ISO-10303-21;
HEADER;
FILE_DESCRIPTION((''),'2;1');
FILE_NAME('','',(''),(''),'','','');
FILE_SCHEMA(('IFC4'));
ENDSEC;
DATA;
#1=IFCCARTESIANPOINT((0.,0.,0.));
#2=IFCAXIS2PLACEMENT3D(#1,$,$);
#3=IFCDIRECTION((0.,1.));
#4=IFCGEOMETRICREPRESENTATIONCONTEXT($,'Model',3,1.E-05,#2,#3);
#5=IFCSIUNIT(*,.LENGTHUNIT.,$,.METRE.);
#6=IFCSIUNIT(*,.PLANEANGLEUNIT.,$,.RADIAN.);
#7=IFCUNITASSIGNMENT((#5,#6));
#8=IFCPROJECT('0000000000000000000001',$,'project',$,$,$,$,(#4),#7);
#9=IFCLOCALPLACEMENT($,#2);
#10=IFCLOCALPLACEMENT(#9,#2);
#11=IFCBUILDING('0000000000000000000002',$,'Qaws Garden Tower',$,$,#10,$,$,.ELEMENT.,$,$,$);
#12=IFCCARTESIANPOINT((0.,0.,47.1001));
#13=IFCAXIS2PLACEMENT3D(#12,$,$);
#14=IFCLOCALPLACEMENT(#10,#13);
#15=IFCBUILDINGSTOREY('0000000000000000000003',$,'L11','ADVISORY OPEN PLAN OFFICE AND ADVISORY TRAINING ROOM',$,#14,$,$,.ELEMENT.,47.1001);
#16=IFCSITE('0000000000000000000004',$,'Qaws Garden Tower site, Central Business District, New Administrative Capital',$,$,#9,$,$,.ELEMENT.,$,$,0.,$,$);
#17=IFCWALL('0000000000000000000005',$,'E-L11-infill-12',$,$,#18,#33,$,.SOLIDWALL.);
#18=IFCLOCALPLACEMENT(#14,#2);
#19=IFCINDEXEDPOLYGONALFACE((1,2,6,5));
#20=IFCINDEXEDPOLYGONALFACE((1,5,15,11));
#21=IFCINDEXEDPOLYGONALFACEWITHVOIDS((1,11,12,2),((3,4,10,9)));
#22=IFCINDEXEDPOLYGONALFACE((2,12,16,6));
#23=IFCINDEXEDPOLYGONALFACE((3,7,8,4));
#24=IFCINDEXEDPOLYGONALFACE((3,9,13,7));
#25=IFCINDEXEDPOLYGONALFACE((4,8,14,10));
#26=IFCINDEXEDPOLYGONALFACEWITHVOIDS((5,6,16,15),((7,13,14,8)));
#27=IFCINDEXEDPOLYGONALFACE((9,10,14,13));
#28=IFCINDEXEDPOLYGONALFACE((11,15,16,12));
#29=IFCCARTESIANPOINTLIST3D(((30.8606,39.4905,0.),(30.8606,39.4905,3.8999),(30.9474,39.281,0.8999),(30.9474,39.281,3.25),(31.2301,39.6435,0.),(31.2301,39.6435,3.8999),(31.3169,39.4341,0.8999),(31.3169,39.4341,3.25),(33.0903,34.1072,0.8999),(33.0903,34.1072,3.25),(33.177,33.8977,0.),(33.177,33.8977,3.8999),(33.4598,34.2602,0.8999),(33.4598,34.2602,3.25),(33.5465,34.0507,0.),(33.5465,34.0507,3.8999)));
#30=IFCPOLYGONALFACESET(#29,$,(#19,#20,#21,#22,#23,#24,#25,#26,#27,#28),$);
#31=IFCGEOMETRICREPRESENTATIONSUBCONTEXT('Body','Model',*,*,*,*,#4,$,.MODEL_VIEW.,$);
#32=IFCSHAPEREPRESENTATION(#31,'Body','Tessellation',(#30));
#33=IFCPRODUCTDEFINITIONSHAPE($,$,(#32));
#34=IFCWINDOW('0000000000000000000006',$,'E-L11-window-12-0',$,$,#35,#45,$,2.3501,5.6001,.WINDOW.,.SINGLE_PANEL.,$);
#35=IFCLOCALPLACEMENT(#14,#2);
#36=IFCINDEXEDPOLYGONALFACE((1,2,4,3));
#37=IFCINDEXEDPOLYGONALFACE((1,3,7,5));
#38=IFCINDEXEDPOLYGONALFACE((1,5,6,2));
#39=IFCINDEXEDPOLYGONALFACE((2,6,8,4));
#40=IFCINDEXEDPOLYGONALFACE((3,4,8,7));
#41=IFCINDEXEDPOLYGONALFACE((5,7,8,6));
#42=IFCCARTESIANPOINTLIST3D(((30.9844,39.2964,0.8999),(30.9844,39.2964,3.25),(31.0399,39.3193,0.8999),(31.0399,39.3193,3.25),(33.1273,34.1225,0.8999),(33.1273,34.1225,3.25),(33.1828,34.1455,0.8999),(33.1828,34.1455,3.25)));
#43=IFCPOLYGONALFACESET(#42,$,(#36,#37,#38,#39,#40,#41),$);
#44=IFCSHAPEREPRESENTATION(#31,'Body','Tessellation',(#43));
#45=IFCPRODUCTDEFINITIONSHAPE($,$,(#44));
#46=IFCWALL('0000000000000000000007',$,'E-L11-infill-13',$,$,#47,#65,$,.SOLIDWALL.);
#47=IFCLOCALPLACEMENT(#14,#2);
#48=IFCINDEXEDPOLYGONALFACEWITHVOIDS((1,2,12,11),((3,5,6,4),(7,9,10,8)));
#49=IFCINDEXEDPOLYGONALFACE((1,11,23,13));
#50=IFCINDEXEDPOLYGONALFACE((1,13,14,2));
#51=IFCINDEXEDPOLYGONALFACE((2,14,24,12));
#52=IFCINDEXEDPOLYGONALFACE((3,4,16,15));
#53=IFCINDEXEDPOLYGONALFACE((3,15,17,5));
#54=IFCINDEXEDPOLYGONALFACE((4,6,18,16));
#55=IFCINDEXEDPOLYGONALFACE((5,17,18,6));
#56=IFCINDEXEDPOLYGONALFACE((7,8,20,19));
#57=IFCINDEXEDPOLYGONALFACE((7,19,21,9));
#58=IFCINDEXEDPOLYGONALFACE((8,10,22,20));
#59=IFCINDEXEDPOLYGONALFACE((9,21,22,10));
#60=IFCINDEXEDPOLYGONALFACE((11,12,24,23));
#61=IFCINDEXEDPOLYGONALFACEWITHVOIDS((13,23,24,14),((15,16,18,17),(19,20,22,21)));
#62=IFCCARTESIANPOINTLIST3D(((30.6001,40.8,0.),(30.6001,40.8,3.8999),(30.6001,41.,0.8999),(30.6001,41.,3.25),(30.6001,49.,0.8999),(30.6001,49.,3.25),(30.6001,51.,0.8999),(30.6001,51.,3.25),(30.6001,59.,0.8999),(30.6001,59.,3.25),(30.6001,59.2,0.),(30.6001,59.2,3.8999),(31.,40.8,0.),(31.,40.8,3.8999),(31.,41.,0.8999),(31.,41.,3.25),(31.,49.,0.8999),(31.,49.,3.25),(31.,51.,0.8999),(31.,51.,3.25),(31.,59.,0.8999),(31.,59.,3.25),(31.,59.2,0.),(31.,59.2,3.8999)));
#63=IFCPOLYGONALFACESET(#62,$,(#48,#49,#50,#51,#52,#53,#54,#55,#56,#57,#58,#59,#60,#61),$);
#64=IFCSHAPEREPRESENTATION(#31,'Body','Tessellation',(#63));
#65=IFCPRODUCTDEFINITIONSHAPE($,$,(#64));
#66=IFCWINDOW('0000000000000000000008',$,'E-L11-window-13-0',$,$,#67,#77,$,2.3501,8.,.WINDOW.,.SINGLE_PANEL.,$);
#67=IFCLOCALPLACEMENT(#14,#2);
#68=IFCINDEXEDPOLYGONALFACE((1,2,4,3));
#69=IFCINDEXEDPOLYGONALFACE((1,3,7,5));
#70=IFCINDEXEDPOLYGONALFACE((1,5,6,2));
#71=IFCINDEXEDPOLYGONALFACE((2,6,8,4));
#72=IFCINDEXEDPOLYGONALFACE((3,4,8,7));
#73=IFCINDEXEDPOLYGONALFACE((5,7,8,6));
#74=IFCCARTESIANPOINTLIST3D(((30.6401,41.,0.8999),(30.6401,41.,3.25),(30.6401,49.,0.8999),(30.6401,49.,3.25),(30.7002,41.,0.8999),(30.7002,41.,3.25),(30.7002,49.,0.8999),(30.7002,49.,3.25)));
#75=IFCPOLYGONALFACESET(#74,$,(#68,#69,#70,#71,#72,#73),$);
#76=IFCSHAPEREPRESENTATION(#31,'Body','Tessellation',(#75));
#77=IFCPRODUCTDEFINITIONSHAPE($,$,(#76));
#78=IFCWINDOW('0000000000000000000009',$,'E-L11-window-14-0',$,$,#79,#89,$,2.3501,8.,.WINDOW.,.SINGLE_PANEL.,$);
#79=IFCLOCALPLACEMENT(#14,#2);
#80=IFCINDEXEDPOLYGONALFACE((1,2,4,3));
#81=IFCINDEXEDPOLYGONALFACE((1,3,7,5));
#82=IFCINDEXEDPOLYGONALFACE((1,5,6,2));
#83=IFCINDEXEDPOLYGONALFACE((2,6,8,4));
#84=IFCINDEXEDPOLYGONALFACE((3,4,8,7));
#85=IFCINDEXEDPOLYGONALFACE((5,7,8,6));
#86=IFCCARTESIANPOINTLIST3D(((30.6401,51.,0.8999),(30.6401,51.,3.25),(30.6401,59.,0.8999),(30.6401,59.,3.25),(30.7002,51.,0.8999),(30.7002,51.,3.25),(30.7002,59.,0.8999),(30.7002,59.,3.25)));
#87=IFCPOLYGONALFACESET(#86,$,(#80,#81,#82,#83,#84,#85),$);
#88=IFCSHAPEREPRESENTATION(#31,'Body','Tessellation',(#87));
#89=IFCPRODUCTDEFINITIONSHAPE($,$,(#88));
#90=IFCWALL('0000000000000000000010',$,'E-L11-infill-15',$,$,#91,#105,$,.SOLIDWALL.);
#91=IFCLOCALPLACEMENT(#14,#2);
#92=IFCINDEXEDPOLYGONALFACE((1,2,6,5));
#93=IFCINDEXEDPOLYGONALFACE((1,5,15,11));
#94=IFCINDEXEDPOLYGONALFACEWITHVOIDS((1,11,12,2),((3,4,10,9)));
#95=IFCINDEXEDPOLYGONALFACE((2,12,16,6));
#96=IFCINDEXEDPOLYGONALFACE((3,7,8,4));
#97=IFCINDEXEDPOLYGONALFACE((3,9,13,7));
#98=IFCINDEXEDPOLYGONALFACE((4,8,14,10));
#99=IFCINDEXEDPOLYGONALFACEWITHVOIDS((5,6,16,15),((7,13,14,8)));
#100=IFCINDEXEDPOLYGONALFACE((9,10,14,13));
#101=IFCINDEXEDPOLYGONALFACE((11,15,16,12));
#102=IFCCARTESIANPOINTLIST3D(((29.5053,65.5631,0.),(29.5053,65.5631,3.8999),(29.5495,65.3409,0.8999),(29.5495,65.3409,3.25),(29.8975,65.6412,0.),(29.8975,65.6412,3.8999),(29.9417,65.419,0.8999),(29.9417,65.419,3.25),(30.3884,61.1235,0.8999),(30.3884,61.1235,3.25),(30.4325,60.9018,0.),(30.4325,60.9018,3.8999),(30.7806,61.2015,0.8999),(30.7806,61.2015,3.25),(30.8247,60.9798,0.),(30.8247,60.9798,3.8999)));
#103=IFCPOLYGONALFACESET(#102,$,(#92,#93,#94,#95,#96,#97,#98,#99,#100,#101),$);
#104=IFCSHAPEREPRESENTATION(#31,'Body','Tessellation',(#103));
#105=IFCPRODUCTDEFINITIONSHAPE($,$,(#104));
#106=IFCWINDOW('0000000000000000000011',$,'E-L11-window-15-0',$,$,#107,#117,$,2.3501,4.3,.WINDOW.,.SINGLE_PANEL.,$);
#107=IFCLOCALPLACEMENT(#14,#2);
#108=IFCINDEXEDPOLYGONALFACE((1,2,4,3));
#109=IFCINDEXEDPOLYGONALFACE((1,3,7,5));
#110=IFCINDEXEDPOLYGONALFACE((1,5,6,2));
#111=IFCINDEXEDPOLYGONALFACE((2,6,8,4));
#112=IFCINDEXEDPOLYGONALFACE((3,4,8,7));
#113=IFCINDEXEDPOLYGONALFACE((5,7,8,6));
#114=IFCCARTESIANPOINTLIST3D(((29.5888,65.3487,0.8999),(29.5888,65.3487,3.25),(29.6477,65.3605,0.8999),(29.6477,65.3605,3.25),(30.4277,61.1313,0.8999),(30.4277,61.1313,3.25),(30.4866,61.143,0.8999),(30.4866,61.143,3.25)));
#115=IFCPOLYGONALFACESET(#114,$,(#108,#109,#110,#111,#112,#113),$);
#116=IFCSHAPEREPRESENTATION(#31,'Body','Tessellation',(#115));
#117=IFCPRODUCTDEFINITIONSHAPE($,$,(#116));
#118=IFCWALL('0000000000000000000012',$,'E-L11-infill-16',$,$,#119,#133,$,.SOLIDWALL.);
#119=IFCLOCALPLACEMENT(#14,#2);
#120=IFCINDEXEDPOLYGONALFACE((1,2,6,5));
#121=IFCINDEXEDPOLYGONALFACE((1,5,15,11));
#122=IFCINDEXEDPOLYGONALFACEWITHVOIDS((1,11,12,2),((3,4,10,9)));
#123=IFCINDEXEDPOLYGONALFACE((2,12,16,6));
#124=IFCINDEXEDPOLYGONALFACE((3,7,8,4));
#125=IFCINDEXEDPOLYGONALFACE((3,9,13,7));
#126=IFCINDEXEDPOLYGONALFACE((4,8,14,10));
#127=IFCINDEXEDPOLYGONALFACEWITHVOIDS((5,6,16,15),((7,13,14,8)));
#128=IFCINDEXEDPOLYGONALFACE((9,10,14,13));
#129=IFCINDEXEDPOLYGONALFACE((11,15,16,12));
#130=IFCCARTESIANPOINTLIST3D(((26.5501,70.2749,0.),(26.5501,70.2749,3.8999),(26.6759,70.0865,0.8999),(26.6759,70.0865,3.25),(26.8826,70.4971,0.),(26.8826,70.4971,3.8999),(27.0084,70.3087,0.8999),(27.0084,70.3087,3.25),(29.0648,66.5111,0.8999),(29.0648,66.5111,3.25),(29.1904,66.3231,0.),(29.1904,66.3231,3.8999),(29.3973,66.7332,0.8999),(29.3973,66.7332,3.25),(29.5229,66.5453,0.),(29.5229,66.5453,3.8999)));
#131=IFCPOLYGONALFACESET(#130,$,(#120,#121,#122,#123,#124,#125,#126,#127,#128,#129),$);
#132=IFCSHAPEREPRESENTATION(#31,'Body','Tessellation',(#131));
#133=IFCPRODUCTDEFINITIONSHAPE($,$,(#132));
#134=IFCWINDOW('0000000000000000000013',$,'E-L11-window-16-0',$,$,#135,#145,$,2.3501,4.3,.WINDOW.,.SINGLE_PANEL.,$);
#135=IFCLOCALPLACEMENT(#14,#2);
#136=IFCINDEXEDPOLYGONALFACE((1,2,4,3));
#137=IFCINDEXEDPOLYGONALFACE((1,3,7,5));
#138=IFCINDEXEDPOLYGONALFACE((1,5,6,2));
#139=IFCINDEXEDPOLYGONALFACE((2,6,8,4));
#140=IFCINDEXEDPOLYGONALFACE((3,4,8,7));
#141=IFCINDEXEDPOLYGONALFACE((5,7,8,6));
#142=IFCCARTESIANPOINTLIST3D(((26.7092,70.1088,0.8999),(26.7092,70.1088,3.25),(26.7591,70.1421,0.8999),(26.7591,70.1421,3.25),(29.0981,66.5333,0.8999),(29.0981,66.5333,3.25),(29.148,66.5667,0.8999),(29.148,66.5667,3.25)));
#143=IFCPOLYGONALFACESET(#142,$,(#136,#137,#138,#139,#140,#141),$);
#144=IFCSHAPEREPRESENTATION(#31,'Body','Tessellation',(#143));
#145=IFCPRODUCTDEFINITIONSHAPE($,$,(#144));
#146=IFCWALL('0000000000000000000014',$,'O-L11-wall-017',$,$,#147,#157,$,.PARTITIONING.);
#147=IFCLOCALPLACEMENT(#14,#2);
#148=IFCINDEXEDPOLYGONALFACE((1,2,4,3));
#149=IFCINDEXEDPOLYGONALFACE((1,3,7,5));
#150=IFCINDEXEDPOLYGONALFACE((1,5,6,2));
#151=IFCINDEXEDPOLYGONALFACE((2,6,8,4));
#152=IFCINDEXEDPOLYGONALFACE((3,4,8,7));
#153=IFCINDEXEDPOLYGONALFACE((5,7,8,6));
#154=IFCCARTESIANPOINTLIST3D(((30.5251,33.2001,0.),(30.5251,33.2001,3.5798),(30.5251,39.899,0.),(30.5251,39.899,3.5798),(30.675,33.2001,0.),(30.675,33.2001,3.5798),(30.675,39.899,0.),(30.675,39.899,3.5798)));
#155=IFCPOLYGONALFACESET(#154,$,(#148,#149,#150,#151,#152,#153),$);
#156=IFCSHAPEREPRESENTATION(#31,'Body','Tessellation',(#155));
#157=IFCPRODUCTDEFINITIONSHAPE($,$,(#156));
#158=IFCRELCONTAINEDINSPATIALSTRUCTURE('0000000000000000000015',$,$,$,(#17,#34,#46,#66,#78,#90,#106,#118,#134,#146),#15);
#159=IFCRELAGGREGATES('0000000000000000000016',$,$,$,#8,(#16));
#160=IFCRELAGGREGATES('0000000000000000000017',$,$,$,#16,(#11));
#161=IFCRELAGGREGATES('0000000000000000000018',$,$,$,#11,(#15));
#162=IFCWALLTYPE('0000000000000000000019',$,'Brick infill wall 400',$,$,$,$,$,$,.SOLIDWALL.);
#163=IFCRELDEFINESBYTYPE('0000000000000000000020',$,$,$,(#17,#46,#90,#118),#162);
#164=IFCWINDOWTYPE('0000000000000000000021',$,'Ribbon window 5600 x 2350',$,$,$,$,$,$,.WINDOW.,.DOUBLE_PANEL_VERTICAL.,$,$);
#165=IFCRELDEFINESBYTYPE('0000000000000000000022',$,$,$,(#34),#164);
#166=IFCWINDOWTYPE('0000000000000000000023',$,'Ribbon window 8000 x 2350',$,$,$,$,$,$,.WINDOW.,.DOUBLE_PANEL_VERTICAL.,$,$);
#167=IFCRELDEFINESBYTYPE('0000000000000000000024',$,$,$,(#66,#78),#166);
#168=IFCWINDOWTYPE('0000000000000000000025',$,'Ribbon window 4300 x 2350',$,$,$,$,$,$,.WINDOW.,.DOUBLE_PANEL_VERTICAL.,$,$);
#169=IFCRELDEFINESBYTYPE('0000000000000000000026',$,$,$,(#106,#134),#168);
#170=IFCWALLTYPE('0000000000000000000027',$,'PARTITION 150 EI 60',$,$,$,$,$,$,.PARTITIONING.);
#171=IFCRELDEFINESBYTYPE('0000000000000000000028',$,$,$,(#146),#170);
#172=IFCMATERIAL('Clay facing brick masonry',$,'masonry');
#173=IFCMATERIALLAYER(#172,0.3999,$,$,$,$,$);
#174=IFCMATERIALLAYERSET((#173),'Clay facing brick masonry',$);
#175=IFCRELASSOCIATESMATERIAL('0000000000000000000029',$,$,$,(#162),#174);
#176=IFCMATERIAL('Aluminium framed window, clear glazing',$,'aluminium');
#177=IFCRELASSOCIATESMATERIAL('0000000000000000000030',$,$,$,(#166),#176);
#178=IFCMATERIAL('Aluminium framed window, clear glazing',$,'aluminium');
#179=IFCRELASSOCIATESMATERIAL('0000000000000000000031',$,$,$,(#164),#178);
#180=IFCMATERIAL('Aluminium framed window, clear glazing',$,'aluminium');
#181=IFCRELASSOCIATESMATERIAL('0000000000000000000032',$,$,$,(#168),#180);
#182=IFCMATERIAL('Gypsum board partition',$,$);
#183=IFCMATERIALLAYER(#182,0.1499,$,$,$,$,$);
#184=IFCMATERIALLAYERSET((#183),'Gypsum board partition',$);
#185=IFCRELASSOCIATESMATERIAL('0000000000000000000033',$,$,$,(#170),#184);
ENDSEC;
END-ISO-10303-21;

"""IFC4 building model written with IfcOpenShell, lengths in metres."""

from ifc_helpers import new_model, si_unit, direction, frame, frame_2d, origin, place, context, subcontext, project, spatial, rectangle, extrude, material, layer, layer_set, type_object, element, fill, save


model = new_model("IFC4")

# Units and contexts
model_context = context("Model", 3, precision=1e-05, world=origin(), true_north=direction((0.0, 1.0)))
body_context = subcontext(model_context, "Body", "Model", "MODEL_VIEW")
ifc_project = project(units=[si_unit("LENGTHUNIT", "METRE"), si_unit("PLANEANGLEUNIT", "RADIAN")], contexts=[model_context])

# Site, building, storey
site_placement = place(None, origin())
site = spatial("IfcSite", under=ifc_project, at=site_placement, Name="Qaws Garden Tower site, Central Business District, New Administrative Capital", CompositionType="ELEMENT", RefElevation=0.0)
building_placement = place(site_placement, origin())
building = spatial("IfcBuilding", under=site, at=building_placement, Name="Qaws Garden Tower", CompositionType="ELEMENT")
storey_placement = place(building_placement, frame((0.0, 0.0, 47.1001)))
storey = spatial("IfcBuildingStorey", under=building, at=storey_placement, Name="L11", Description="ADVISORY OPEN PLAN OFFICE AND ADVISORY TRAINING ROOM", CompositionType="ELEMENT", Elevation=47.1001)

# Shared definitions
ifc_material_1 = material(Name="Clay facing brick masonry", Category="masonry")
ifc_layer_1 = layer(ifc_material_1, 0.3999)
ifc_layer_set_1 = layer_set([ifc_layer_1], Name="Clay facing brick masonry")
wall_type_1 = type_object("IfcWallType", Name="Brick infill wall 400", PredefinedType="SOLIDWALL", material=ifc_layer_set_1)
ifc_material_2 = material(Name="Aluminium framed window, clear glazing", Category="aluminium")
window_type_1 = type_object("IfcWindowType", Name="Ribbon window 8000 x 2350", PartitioningType="DOUBLE_PANEL_VERTICAL", PredefinedType="WINDOW", material=ifc_material_2)

# Wall, opening, window
ifc_material_3 = material(Name="Aluminium framed window, clear glazing", Category="aluminium")
window_type_2 = type_object("IfcWindowType", Name="Ribbon window 5600 x 2350", PartitioningType="DOUBLE_PANEL_VERTICAL", PredefinedType="WINDOW", material=ifc_material_3)
wall_1_placement = place(storey_placement, frame((33.3618, 33.9741, 0.0), z_axis=(0.0, 0.0, 1.0), x_axis=(-0.382656, 0.923891, 0.0)))
wall_1 = element("IfcWall", 1, at=wall_1_placement, inside=storey, type_object=wall_type_1, Name="E-L11-infill-12", PredefinedType="SOLIDWALL", context=body_context, shape_type="SweptSolid", body=[
    extrude(rectangle(XDim=6.0535, YDim=0.3999, at=frame_2d((3.0269, 0.0))), origin(), (0.0, 0.0, 1.0), 3.8999),
])
opening_1_placement = place(wall_1_placement, frame((0.2268, 0.0, 0.8999)))
opening_1 = element("IfcOpeningElement", 2, at=opening_1_placement, cuts=wall_1, PredefinedType="OPENING", context=body_context, shape_type="SweptSolid", body=[
    extrude(rectangle(XDim=5.6001, YDim=2.3501, at=frame_2d((2.8, 1.175))), frame((0.0, 0.21, 0.0), z_axis=(0.0, -1.0, 0.0), x_axis=(1.0, 0.0, 0.0)), (0.0, 0.0, 1.0), 0.4199),
])
window_1_placement = place(opening_1_placement, origin())
window_1 = element("IfcWindow", 3, at=window_1_placement, inside=storey, type_object=window_type_2, Name="E-L11-window-12-0", OverallHeight=2.3501, OverallWidth=5.6001, PartitioningType="SINGLE_PANEL", PredefinedType="WINDOW", context=body_context, shape_type="SweptSolid", body=[
    extrude(rectangle(XDim=5.6001, YDim=2.3501, at=frame_2d((2.8, 1.175))), frame((0.0, 0.1599, 0.0), z_axis=(0.0, -1.0, 0.0), x_axis=(1.0, 0.0, 0.0)), (0.0, 0.0, 1.0), 0.0601),
])
fill(opening_1, window_1)

# Wall, openings, windows
wall_2_placement = place(storey_placement, frame((30.8, 40.8, 0.0), z_axis=(0.0, 0.0, 1.0), x_axis=(0.0, 1.0, 0.0)))
wall_2 = element("IfcWall", 4, at=wall_2_placement, inside=storey, type_object=wall_type_1, Name="E-L11-infill-13", PredefinedType="SOLIDWALL", context=body_context, shape_type="SweptSolid", body=[
    extrude(rectangle(XDim=18.3999, YDim=0.3999, at=frame_2d((9.2, 0.0))), origin(), (0.0, 0.0, 1.0), 3.8999),
])
opening_2_placement = place(wall_2_placement, frame((0.2, 0.0, 0.8999)))
opening_2 = element("IfcOpeningElement", 5, at=opening_2_placement, cuts=wall_2, PredefinedType="OPENING", context=body_context, shape_type="SweptSolid", body=[
    extrude(rectangle(XDim=8.0, YDim=2.3501, at=frame_2d((4.0, 1.175))), frame((0.0, 0.21, 0.0), z_axis=(0.0, -1.0, 0.0), x_axis=(1.0, 0.0, 0.0)), (0.0, 0.0, 1.0), 0.4199),
])
opening_3_placement = place(wall_2_placement, frame((10.2, 0.0, 0.8999)))
opening_3 = element("IfcOpeningElement", 6, at=opening_3_placement, cuts=wall_2, PredefinedType="OPENING", context=body_context, shape_type="SweptSolid", body=[
    extrude(rectangle(XDim=8.0, YDim=2.3501, at=frame_2d((4.0, 1.175))), frame((0.0, 0.21, 0.0), z_axis=(0.0, -1.0, 0.0), x_axis=(1.0, 0.0, 0.0)), (0.0, 0.0, 1.0), 0.4199),
])
window_2_placement = place(opening_2_placement, origin())
window_2 = element("IfcWindow", 7, at=window_2_placement, inside=storey, type_object=window_type_1, Name="E-L11-window-13-0", OverallHeight=2.3501, OverallWidth=8.0, PartitioningType="SINGLE_PANEL", PredefinedType="WINDOW", context=body_context, shape_type="SweptSolid", body=[
    extrude(rectangle(XDim=8.0, YDim=2.3501, at=frame_2d((4.0, 1.175))), frame((0.0, 0.1599, 0.0), z_axis=(0.0, -1.0, 0.0), x_axis=(1.0, 0.0, 0.0)), (0.0, 0.0, 1.0), 0.0601),
])
fill(opening_2, window_2)
window_3_placement = place(opening_3_placement, origin())
window_3 = element("IfcWindow", 8, at=window_3_placement, inside=storey, type_object=window_type_1, Name="E-L11-window-14-0", OverallHeight=2.3501, OverallWidth=8.0, PartitioningType="SINGLE_PANEL", PredefinedType="WINDOW", context=body_context, shape_type="SweptSolid", body=[
    extrude(rectangle(XDim=8.0, YDim=2.3501, at=frame_2d((4.0, 1.175))), frame((0.0, 0.1599, 0.0), z_axis=(0.0, -1.0, 0.0), x_axis=(1.0, 0.0, 0.0)), (0.0, 0.0, 1.0), 0.0601),
])
fill(opening_3, window_3)

# Walls, openings, windows
wall_3_placement = place(storey_placement, frame((30.6287, 60.9407, 0.0), z_axis=(0.0, 0.0, 1.0), x_axis=(-0.195099, 0.980784, 0.0)))
wall_3 = element("IfcWall", 9, at=wall_3_placement, inside=storey, type_object=wall_type_1, Name="E-L11-infill-15", PredefinedType="SOLIDWALL", context=body_context, shape_type="SweptSolid", body=[
    extrude(rectangle(XDim=4.7527, YDim=0.3999, at=frame_2d((2.3765, 0.0))), origin(), (0.0, 0.0, 1.0), 3.8999),
])
opening_4_placement = place(wall_3_placement, frame((0.2263, 0.0, 0.8999)))
opening_4 = element("IfcOpeningElement", 10, at=opening_4_placement, cuts=wall_3, PredefinedType="OPENING", context=body_context, shape_type="SweptSolid", body=[
    extrude(rectangle(XDim=4.3, YDim=2.3501, at=frame_2d((2.1499, 1.175))), frame((0.0, 0.21, 0.0), z_axis=(0.0, -1.0, 0.0), x_axis=(1.0, 0.0, 0.0)), (0.0, 0.0, 1.0), 0.4199),
])
ifc_material_4 = material(Name="Aluminium framed window, clear glazing", Category="aluminium")
window_type_3 = type_object("IfcWindowType", Name="Ribbon window 4300 x 2350", PartitioningType="DOUBLE_PANEL_VERTICAL", PredefinedType="WINDOW", material=ifc_material_4)
window_4_placement = place(opening_4_placement, origin())
window_4 = element("IfcWindow", 11, at=window_4_placement, inside=storey, type_object=window_type_3, Name="E-L11-window-15-0", OverallHeight=2.3501, OverallWidth=4.3, PartitioningType="SINGLE_PANEL", PredefinedType="WINDOW", context=body_context, shape_type="SweptSolid", body=[
    extrude(rectangle(XDim=4.3, YDim=2.3501, at=frame_2d((2.1499, 1.175))), frame((0.0, 0.1599, 0.0), z_axis=(0.0, -1.0, 0.0), x_axis=(1.0, 0.0, 0.0)), (0.0, 0.0, 1.0), 0.0601),
])
fill(opening_4, window_4)
wall_4_placement = place(storey_placement, frame((29.3567, 66.4341, 0.0), z_axis=(0.0, 0.0, 1.0), x_axis=(-0.555542, 0.831489, 0.0)))
wall_4 = element("IfcWall", 12, at=wall_4_placement, inside=storey, type_object=wall_type_1, Name="E-L11-infill-16", PredefinedType="SOLIDWALL", context=body_context, shape_type="SweptSolid", body=[
    extrude(rectangle(XDim=4.7527, YDim=0.3999, at=frame_2d((2.3765, 0.0))), origin(), (0.0, 0.0, 1.0), 3.8999),
])
opening_5_placement = place(wall_4_placement, frame((0.2263, 0.0, 0.8999)))
opening_5 = element("IfcOpeningElement", 13, at=opening_5_placement, cuts=wall_4, PredefinedType="OPENING", context=body_context, shape_type="SweptSolid", body=[
    extrude(rectangle(XDim=4.3, YDim=2.3501, at=frame_2d((2.1499, 1.175))), frame((0.0, 0.21, 0.0), z_axis=(0.0, -1.0, 0.0), x_axis=(1.0, 0.0, 0.0)), (0.0, 0.0, 1.0), 0.4199),
])
window_5_placement = place(opening_5_placement, origin())
window_5 = element("IfcWindow", 14, at=window_5_placement, inside=storey, type_object=window_type_3, Name="E-L11-window-16-0", OverallHeight=2.3501, OverallWidth=4.3, PartitioningType="SINGLE_PANEL", PredefinedType="WINDOW", context=body_context, shape_type="SweptSolid", body=[
    extrude(rectangle(XDim=4.3, YDim=2.3501, at=frame_2d((2.1499, 1.175))), frame((0.0, 0.1599, 0.0), z_axis=(0.0, -1.0, 0.0), x_axis=(1.0, 0.0, 0.0)), (0.0, 0.0, 1.0), 0.0601),
])
fill(opening_5, window_5)

# Wall
ifc_material_5 = material(Name="Gypsum board partition")
ifc_layer_2 = layer(ifc_material_5, 0.1499)
ifc_layer_set_2 = layer_set([ifc_layer_2], Name="Gypsum board partition")
wall_type_2 = type_object("IfcWallType", Name="PARTITION 150 EI 60", PredefinedType="PARTITIONING", material=ifc_layer_set_2)
wall_5_placement = place(storey_placement, frame((30.6001, 33.2, 0.0), z_axis=(0.0, 0.0, 1.0), x_axis=(0.0, 1.0, 0.0)))
element("IfcWall", 15, at=wall_5_placement, inside=storey, type_object=wall_type_2, Name="O-L11-wall-017", PredefinedType="PARTITIONING", context=body_context, shape_type="SweptSolid", body=[
    extrude(rectangle(XDim=6.699, YDim=0.1499, at=frame_2d((3.3496, 0.0))), origin(), (0.0, 0.0, 1.0), 3.5798),
])

save(model, "model.ifc")
